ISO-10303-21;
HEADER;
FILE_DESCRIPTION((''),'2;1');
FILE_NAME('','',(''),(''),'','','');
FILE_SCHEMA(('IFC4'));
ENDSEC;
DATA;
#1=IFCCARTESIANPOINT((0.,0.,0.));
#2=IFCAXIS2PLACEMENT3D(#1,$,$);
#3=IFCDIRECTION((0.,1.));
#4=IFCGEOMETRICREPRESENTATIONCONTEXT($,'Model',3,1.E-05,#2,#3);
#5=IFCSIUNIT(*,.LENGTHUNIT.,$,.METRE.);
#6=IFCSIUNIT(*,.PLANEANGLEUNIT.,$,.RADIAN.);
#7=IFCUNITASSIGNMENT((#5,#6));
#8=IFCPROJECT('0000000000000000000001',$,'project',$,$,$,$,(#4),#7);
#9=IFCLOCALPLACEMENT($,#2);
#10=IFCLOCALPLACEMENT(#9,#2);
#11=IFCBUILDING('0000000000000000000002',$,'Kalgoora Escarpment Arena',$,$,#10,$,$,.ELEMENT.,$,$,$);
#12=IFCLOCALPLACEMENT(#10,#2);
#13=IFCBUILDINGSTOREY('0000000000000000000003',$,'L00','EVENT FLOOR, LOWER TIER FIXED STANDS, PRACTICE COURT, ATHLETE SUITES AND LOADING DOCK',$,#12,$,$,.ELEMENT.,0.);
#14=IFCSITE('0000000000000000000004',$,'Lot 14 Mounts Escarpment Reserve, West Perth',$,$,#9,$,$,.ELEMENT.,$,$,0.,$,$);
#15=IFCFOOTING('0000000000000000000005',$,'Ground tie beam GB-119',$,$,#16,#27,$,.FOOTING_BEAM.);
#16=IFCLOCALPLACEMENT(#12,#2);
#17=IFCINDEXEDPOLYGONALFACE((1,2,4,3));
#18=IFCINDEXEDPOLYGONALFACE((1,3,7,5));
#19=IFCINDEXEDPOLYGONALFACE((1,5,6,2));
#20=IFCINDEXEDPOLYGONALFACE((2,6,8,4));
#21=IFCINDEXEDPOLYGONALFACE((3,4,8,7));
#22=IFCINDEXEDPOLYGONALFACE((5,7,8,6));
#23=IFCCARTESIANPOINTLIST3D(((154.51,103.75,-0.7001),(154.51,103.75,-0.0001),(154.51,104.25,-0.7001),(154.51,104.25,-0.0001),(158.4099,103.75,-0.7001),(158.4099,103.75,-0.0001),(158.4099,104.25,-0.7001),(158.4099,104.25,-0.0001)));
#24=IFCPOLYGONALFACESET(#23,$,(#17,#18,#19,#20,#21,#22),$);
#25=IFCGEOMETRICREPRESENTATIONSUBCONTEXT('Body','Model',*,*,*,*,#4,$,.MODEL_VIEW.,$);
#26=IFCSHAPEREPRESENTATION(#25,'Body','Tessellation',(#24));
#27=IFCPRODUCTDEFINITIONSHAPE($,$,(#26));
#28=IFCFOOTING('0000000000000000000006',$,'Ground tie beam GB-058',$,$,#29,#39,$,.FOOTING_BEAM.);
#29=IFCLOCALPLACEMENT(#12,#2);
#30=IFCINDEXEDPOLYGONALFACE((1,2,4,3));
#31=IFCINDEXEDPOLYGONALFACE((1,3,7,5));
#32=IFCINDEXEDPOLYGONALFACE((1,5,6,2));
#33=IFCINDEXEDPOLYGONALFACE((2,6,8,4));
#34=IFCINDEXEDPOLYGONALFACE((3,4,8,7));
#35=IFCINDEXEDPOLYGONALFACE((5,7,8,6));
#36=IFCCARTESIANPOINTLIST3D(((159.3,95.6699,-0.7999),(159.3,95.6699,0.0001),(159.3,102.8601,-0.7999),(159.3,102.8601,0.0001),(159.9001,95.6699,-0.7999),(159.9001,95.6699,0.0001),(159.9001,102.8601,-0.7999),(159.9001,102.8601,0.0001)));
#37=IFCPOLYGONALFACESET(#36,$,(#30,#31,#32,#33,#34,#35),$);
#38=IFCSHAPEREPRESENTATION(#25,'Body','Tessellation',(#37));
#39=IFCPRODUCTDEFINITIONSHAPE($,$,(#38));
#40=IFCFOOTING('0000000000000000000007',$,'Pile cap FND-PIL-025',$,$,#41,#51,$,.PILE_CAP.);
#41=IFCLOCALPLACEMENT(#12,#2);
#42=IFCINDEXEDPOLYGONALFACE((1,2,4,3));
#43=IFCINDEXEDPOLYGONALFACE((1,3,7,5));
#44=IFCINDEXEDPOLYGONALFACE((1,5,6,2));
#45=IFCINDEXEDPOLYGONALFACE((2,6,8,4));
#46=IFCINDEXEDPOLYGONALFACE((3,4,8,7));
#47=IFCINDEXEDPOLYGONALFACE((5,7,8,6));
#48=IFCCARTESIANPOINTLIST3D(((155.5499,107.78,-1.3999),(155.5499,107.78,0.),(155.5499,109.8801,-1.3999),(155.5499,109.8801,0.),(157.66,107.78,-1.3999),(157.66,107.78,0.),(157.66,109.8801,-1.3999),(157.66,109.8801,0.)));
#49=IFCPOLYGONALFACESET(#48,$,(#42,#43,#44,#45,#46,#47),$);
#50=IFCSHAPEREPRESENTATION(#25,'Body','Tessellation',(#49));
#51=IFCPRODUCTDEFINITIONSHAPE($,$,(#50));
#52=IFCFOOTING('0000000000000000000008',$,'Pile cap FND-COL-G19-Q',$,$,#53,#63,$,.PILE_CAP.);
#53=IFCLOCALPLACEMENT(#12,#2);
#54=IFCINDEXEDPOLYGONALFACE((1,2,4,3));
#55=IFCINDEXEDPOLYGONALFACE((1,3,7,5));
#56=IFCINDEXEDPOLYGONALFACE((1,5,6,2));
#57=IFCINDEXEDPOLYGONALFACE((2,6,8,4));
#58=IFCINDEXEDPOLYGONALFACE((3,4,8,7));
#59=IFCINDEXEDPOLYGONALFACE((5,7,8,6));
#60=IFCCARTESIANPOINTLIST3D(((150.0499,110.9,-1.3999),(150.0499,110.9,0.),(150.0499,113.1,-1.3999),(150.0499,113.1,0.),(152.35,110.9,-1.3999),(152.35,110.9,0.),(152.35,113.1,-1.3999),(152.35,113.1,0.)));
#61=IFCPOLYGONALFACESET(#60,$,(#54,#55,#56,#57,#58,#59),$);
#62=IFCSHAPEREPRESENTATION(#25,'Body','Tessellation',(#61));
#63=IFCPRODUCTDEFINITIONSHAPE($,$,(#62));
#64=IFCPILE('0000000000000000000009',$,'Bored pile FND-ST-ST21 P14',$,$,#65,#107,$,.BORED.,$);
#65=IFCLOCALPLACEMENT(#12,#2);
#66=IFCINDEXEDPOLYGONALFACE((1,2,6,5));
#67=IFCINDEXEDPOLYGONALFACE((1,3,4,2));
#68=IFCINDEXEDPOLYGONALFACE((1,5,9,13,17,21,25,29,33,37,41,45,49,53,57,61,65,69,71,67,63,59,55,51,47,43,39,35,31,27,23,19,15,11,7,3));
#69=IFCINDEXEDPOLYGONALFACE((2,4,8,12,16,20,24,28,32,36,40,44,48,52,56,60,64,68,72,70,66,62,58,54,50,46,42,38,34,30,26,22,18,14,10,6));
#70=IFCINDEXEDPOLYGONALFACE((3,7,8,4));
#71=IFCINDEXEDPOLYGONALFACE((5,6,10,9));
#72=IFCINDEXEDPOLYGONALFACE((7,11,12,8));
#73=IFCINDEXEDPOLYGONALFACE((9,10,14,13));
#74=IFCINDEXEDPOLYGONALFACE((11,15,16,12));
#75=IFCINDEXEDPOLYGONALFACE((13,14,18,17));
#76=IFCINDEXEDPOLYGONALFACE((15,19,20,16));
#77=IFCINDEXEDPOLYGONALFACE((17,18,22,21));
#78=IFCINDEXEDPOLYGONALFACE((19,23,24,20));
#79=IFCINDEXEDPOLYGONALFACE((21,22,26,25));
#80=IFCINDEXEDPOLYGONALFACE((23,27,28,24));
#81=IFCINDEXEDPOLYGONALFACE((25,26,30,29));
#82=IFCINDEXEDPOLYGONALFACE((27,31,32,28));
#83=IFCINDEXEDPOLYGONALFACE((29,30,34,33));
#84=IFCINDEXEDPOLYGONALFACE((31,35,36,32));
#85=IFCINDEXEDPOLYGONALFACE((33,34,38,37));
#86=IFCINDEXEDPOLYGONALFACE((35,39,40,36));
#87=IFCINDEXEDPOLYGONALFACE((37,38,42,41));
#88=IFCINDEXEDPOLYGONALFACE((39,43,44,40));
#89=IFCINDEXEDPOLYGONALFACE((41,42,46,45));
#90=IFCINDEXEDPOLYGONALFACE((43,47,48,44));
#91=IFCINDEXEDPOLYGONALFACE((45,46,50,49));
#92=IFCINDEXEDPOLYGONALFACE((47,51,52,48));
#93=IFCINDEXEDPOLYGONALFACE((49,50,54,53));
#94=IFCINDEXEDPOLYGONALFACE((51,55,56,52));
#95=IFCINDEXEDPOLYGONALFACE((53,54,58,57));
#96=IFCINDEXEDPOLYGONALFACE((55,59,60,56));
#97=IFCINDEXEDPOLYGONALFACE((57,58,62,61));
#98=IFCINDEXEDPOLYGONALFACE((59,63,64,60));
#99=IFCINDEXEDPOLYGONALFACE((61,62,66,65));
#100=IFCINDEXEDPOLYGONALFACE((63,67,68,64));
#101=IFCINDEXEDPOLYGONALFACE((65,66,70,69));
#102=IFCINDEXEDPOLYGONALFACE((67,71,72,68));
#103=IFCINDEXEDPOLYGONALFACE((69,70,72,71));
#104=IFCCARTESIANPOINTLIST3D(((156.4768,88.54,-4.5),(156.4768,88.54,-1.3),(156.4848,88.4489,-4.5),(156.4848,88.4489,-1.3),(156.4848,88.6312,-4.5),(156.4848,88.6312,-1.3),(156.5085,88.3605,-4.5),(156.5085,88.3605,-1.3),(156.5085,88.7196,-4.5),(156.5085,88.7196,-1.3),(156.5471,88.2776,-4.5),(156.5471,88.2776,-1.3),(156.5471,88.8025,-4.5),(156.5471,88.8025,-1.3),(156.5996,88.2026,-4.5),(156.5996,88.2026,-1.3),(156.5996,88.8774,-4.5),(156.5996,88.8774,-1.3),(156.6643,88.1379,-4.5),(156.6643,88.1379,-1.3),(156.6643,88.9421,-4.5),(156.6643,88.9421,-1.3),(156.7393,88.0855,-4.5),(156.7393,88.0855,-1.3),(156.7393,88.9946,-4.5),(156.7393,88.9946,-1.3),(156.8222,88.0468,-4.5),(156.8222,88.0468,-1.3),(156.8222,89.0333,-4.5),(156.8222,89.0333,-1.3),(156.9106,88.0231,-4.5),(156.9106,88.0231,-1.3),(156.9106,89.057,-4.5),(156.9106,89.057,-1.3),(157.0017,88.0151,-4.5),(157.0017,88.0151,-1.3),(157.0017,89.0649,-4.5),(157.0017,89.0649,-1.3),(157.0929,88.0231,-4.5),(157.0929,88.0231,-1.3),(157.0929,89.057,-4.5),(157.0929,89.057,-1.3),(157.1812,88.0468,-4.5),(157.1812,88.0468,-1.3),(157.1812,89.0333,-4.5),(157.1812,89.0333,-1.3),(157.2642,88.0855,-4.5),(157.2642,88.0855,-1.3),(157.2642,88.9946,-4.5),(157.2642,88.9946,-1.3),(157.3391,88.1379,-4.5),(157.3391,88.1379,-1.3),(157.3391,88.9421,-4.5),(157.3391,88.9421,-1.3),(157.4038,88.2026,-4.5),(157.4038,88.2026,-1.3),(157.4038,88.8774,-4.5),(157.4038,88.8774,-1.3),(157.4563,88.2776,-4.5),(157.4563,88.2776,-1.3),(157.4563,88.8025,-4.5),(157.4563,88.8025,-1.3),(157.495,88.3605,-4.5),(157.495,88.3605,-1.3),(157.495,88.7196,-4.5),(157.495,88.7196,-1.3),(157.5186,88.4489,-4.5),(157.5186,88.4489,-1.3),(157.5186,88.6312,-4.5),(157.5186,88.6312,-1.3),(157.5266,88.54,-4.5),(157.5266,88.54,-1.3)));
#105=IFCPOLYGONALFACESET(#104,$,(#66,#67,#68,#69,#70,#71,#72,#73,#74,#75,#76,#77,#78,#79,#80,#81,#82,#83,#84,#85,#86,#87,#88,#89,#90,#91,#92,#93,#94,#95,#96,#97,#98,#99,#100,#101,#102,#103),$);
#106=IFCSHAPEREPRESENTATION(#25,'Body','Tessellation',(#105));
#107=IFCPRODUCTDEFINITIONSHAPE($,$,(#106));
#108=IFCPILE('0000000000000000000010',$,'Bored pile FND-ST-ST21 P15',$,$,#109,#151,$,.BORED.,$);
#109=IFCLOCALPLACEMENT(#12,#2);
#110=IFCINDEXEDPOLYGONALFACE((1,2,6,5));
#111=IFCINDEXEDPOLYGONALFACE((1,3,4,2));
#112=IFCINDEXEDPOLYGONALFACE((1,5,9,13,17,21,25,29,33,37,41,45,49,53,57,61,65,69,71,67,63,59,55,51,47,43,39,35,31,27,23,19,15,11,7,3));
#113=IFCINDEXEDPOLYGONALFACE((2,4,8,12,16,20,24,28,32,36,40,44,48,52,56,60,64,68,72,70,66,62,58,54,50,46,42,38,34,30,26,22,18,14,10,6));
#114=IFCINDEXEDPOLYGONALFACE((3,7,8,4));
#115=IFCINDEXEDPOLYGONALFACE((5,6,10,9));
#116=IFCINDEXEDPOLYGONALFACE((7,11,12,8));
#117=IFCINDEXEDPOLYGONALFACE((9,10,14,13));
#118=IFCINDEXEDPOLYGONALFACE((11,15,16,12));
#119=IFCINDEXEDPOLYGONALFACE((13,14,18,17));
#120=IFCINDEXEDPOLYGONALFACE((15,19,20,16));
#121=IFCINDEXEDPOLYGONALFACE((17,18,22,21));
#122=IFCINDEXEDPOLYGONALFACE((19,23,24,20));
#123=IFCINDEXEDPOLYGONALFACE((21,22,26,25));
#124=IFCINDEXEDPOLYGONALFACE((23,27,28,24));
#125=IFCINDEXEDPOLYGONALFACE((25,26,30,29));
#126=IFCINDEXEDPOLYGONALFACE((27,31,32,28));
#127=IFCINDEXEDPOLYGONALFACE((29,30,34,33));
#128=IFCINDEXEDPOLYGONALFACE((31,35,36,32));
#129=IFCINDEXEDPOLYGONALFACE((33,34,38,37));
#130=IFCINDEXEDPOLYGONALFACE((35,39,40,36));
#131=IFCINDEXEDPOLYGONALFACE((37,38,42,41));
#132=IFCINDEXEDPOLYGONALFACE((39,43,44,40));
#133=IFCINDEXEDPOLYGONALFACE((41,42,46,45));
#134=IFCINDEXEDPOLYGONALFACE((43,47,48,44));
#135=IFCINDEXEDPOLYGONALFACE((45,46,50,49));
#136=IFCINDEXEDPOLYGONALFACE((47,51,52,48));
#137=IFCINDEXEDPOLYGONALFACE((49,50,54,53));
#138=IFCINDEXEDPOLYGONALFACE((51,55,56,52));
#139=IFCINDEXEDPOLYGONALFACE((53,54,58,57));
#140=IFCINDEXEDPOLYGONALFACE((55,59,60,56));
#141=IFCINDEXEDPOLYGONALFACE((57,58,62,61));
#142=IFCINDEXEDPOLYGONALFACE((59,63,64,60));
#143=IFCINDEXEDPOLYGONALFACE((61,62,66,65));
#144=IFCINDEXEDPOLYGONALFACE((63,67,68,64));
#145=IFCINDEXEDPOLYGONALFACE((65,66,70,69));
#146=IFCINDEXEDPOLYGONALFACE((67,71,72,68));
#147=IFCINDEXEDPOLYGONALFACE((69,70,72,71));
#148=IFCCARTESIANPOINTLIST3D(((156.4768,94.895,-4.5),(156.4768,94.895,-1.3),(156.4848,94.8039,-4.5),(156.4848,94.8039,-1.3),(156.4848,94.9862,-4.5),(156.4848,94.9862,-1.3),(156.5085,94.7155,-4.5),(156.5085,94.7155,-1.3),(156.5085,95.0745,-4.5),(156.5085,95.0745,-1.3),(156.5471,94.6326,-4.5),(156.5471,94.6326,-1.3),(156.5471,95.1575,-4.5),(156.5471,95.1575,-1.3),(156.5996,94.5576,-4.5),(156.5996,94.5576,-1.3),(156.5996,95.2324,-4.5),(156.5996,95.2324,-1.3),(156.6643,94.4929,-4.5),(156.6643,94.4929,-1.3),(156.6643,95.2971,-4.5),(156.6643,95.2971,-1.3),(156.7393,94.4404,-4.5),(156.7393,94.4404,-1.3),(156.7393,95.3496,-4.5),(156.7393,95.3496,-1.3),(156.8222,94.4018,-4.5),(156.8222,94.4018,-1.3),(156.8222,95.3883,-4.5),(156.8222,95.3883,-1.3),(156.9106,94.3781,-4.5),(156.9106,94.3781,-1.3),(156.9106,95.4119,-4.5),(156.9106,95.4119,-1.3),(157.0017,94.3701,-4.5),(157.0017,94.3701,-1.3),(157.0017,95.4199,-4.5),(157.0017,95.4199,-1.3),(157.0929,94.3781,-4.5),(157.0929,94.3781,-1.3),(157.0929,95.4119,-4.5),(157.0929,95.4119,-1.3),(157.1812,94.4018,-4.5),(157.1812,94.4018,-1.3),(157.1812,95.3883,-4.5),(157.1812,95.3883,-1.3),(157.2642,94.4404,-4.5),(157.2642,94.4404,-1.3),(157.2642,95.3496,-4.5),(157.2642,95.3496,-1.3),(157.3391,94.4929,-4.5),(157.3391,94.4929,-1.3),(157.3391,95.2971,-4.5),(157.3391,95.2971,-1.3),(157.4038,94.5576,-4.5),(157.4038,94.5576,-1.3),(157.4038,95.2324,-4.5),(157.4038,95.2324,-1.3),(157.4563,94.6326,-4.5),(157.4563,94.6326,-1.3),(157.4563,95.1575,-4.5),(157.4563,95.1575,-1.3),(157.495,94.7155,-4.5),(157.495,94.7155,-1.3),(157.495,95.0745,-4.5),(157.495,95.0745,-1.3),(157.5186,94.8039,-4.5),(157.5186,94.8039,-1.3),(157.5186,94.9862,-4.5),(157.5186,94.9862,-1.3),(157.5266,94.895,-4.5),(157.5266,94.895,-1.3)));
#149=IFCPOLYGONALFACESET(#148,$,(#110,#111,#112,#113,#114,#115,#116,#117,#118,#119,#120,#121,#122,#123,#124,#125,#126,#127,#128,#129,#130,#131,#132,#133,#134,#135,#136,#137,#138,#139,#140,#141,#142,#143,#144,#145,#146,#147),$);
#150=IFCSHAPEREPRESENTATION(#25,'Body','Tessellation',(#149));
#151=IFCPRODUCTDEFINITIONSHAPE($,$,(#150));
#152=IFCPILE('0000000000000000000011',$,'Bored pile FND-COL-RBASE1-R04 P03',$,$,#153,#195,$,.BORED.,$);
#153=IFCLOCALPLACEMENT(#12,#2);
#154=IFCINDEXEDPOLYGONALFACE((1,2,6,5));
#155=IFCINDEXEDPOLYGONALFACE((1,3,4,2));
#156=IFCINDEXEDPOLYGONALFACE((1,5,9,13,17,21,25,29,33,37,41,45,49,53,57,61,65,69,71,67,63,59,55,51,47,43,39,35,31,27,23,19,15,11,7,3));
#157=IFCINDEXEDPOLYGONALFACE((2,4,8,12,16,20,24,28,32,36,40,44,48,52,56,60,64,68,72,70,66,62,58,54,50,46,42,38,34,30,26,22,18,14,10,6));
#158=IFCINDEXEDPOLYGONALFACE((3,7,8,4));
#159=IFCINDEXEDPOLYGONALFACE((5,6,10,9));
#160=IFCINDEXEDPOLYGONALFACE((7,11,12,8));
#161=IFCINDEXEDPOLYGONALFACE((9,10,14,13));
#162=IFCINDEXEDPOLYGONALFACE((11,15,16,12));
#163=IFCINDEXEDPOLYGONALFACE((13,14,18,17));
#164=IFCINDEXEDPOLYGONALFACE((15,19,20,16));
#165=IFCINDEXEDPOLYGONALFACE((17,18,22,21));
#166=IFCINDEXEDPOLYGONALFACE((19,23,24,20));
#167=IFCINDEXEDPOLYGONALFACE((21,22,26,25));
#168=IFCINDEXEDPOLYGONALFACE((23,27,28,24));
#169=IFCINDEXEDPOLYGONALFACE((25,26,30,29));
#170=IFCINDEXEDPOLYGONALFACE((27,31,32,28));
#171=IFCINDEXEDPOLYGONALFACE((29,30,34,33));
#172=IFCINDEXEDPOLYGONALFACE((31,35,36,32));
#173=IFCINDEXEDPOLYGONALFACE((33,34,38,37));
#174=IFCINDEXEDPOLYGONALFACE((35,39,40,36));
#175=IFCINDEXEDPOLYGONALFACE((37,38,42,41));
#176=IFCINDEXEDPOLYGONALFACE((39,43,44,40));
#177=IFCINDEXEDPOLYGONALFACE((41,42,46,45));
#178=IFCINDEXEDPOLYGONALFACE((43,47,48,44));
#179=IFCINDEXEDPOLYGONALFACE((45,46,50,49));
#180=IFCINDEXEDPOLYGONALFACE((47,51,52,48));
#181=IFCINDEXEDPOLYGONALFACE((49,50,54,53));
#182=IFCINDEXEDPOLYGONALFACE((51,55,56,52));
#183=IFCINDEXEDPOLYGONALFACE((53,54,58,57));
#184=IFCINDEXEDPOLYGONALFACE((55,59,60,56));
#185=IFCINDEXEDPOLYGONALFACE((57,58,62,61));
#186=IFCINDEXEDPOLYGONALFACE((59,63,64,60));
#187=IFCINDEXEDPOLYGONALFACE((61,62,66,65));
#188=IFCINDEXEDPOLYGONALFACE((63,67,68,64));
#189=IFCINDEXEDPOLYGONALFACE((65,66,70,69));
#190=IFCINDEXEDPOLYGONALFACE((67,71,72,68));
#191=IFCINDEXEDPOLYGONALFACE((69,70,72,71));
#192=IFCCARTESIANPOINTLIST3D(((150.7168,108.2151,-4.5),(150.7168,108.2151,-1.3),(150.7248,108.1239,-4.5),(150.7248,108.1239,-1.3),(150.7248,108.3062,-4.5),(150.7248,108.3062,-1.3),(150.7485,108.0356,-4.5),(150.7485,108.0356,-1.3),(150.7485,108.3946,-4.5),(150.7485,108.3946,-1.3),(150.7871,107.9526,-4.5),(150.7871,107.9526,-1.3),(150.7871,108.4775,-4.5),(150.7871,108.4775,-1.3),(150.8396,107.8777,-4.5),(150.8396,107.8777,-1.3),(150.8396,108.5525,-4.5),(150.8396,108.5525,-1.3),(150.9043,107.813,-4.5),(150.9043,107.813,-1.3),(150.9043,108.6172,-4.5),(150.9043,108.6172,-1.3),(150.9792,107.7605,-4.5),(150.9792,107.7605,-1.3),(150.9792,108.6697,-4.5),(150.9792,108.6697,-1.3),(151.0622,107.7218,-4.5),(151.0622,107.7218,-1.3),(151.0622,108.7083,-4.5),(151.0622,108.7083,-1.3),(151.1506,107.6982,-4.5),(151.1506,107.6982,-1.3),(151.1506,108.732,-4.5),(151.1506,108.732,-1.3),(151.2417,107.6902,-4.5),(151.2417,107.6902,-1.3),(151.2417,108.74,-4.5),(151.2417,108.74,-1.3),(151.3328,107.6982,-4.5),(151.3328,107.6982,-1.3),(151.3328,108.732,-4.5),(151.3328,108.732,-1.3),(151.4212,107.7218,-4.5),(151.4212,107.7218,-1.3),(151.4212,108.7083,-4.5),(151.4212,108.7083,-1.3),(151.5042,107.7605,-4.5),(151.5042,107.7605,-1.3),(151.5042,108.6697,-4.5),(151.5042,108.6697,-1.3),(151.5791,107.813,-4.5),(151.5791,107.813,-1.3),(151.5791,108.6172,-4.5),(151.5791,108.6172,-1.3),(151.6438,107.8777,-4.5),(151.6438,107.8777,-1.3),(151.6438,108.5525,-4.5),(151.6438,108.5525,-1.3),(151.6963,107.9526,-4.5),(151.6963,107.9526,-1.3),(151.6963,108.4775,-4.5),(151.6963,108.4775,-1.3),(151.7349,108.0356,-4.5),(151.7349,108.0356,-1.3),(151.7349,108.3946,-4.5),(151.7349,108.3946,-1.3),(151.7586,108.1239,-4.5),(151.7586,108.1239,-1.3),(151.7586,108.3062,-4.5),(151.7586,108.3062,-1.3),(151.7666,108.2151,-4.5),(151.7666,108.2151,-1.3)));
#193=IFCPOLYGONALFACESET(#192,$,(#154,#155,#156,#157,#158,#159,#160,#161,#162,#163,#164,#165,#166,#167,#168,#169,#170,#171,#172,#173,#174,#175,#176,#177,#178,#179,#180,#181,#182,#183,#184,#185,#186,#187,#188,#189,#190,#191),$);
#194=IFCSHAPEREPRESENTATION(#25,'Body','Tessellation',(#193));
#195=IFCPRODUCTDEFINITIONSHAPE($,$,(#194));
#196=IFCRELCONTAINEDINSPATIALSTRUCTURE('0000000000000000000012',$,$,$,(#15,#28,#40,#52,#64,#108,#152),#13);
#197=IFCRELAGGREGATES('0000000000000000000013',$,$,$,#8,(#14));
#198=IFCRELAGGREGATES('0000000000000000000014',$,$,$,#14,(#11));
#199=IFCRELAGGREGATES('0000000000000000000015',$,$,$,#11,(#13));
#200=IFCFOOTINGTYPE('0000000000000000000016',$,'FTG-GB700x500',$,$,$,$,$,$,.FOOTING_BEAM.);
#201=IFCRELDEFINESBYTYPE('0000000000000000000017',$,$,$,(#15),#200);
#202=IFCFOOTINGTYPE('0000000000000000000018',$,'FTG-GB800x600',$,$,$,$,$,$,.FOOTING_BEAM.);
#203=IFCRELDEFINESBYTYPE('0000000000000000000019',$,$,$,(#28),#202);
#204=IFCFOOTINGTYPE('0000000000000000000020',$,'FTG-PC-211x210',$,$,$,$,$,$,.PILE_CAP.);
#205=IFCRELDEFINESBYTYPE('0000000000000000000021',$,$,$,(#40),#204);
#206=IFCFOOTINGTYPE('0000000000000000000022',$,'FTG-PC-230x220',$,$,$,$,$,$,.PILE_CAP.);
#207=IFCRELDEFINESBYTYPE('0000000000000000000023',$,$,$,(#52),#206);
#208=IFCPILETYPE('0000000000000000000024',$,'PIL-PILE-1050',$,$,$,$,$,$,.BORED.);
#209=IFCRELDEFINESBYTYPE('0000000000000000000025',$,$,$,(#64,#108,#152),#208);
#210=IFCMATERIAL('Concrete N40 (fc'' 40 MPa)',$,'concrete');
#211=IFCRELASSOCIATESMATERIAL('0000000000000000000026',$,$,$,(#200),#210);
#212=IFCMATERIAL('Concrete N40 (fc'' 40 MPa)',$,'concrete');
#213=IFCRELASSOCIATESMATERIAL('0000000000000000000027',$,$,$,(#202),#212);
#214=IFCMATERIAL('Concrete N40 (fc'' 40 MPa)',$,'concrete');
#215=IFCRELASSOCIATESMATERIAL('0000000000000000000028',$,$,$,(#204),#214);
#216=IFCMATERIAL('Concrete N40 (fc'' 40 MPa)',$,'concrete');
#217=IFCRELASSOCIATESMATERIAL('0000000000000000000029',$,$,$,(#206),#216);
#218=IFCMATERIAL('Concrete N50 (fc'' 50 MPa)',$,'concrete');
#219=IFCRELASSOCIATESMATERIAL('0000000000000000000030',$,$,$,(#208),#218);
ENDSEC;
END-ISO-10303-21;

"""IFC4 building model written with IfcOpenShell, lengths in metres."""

from ifc_helpers import new_model, si_unit, direction, frame, origin, origin_2d, place, context, subcontext, project, spatial, rectangle, circle, extrude, material, material_profile, profile_set, type_object, element, save


model = new_model("IFC4")

# Units and contexts
model_context = context("Model", 3, precision=1e-05, world=origin(), true_north=direction((0.0, 1.0)))
body_context = subcontext(model_context, "Body", "Model", "MODEL_VIEW")
ifc_project = project(units=[si_unit("LENGTHUNIT", "METRE"), si_unit("PLANEANGLEUNIT", "RADIAN")], contexts=[model_context])

# Site, building, storey
site_placement = place(None, origin())
site = spatial("IfcSite", under=ifc_project, at=site_placement, Name="Lot 14 Mounts Escarpment Reserve, West Perth", CompositionType="ELEMENT", RefElevation=0.0)
building_placement = place(site_placement, origin())
building = spatial("IfcBuilding", under=site, at=building_placement, Name="Kalgoora Escarpment Arena", CompositionType="ELEMENT")
storey_placement = place(building_placement, origin())
storey = spatial("IfcBuildingStorey", under=building, at=storey_placement, Name="L00", Description="EVENT FLOOR, LOWER TIER FIXED STANDS, PRACTICE COURT, ATHLETE SUITES AND LOADING DOCK", CompositionType="ELEMENT", Elevation=0.0)

# Footings
ifc_material_1 = material(Name="Concrete N40 (fc' 40 MPa)", Category="concrete")
ifc_material_profile_1 = material_profile(ifc_material_1, rectangle(XDim=0.5, YDim=0.7, at=origin_2d()))
ifc_profile_set_1 = profile_set([ifc_material_profile_1], Name="Concrete N40 (fc' 40 MPa)")
footing_type_1 = type_object("IfcFootingType", Name="FTG-GB700x500", PredefinedType="FOOTING_BEAM", material=ifc_profile_set_1)
footing_1_placement = place(storey_placement, frame((154.51, 104.0, -0.3501), z_axis=(1.0, 0.0, 0.0), x_axis=(0.0, 1.0, 0.0)))
element("IfcFooting", 1, at=footing_1_placement, inside=storey, type_object=footing_type_1, Name="Ground tie beam GB-119", PredefinedType="FOOTING_BEAM", context=body_context, shape_type="SweptSolid", body=[
    extrude(rectangle(XDim=0.5, YDim=0.7, at=origin_2d()), origin(), (0.0, 0.0, 1.0), 3.8999),
])
ifc_material_2 = material(Name="Concrete N40 (fc' 40 MPa)", Category="concrete")
ifc_material_profile_2 = material_profile(ifc_material_2, rectangle(XDim=0.6001, YDim=0.8, at=origin_2d()))
ifc_profile_set_2 = profile_set([ifc_material_profile_2], Name="Concrete N40 (fc' 40 MPa)")
footing_type_2 = type_object("IfcFootingType", Name="FTG-GB800x600", PredefinedType="FOOTING_BEAM", material=ifc_profile_set_2)
footing_2_placement = place(storey_placement, frame((159.6001, 95.6699, -0.3999), z_axis=(0.0, 1.0, 0.0), x_axis=(-1.0, 0.0, 0.0)))
element("IfcFooting", 2, at=footing_2_placement, inside=storey, type_object=footing_type_2, Name="Ground tie beam GB-058", PredefinedType="FOOTING_BEAM", context=body_context, shape_type="SweptSolid", body=[
    extrude(rectangle(XDim=0.6001, YDim=0.8, at=origin_2d()), origin(), (0.0, 0.0, 1.0), 7.1902),
])
ifc_material_3 = material(Name="Concrete N40 (fc' 40 MPa)", Category="concrete")
footing_type_3 = type_object("IfcFootingType", Name="FTG-PC-211x210", PredefinedType="PILE_CAP", material=ifc_material_3)
footing_3_placement = place(storey_placement, frame((156.605, 108.8301, -1.3999), z_axis=(0.0, 0.0, 1.0), x_axis=(1.0, 0.0, 0.0)))
element("IfcFooting", 3, at=footing_3_placement, inside=storey, type_object=footing_type_3, Name="Pile cap FND-PIL-025", PredefinedType="PILE_CAP", context=body_context, shape_type="SweptSolid", body=[
    extrude(rectangle(XDim=2.1101, YDim=2.1001, at=origin_2d()), origin(), (0.0, 0.0, 1.0), 1.3999),
])
ifc_material_4 = material(Name="Concrete N40 (fc' 40 MPa)", Category="concrete")
footing_type_4 = type_object("IfcFootingType", Name="FTG-PC-230x220", PredefinedType="PILE_CAP", material=ifc_material_4)
footing_4_placement = place(storey_placement, frame((151.2, 112.0, -1.3999), z_axis=(0.0, 0.0, 1.0), x_axis=(1.0, 0.0, 0.0)))
element("IfcFooting", 4, at=footing_4_placement, inside=storey, type_object=footing_type_4, Name="Pile cap FND-COL-G19-Q", PredefinedType="PILE_CAP", context=body_context, shape_type="SweptSolid", body=[
    extrude(rectangle(XDim=2.3, YDim=2.2, at=origin_2d()), origin(), (0.0, 0.0, 1.0), 1.3999),
])

# Piles
ifc_material_5 = material(Name="Concrete N50 (fc' 50 MPa)", Category="concrete")
ifc_material_profile_3 = material_profile(ifc_material_5, circle(Radius=0.5249, at=origin_2d()))
ifc_profile_set_3 = profile_set([ifc_material_profile_3], Name="Concrete N50 (fc' 50 MPa)")
pile_type_1 = type_object("IfcPileType", Name="PIL-PILE-1050", PredefinedType="BORED", material=ifc_profile_set_3)
for number, where, z_axis, x_axis, name in (
    (5, (157.0017, 88.54, -1.3), (0.0, 0.0, -1.0), (1.0, 0.0, 0.0), "Bored pile FND-ST-ST21 P14"),
    (6, (157.0017, 94.895, -1.3), (0.0, 0.0, -1.0), (1.0, 0.0, 0.0), "Bored pile FND-ST-ST21 P15"),
    (7, (151.2417, 108.2151, -1.3), (0.0, 0.0, -1.0), (1.0, 0.0, 0.0), "Bored pile FND-COL-RBASE1-R04 P03"),
):
    element("IfcPile", number, at=place(storey_placement, frame(where, z_axis=z_axis, x_axis=x_axis)), inside=storey, type_object=pile_type_1, Name=name, PredefinedType="BORED", context=body_context, shape_type="SweptSolid", body=[
        extrude(circle(Radius=0.5249, at=origin_2d()), origin(), (0.0, 0.0, 1.0), 3.2),
    ])

save(model, "model.ifc")
